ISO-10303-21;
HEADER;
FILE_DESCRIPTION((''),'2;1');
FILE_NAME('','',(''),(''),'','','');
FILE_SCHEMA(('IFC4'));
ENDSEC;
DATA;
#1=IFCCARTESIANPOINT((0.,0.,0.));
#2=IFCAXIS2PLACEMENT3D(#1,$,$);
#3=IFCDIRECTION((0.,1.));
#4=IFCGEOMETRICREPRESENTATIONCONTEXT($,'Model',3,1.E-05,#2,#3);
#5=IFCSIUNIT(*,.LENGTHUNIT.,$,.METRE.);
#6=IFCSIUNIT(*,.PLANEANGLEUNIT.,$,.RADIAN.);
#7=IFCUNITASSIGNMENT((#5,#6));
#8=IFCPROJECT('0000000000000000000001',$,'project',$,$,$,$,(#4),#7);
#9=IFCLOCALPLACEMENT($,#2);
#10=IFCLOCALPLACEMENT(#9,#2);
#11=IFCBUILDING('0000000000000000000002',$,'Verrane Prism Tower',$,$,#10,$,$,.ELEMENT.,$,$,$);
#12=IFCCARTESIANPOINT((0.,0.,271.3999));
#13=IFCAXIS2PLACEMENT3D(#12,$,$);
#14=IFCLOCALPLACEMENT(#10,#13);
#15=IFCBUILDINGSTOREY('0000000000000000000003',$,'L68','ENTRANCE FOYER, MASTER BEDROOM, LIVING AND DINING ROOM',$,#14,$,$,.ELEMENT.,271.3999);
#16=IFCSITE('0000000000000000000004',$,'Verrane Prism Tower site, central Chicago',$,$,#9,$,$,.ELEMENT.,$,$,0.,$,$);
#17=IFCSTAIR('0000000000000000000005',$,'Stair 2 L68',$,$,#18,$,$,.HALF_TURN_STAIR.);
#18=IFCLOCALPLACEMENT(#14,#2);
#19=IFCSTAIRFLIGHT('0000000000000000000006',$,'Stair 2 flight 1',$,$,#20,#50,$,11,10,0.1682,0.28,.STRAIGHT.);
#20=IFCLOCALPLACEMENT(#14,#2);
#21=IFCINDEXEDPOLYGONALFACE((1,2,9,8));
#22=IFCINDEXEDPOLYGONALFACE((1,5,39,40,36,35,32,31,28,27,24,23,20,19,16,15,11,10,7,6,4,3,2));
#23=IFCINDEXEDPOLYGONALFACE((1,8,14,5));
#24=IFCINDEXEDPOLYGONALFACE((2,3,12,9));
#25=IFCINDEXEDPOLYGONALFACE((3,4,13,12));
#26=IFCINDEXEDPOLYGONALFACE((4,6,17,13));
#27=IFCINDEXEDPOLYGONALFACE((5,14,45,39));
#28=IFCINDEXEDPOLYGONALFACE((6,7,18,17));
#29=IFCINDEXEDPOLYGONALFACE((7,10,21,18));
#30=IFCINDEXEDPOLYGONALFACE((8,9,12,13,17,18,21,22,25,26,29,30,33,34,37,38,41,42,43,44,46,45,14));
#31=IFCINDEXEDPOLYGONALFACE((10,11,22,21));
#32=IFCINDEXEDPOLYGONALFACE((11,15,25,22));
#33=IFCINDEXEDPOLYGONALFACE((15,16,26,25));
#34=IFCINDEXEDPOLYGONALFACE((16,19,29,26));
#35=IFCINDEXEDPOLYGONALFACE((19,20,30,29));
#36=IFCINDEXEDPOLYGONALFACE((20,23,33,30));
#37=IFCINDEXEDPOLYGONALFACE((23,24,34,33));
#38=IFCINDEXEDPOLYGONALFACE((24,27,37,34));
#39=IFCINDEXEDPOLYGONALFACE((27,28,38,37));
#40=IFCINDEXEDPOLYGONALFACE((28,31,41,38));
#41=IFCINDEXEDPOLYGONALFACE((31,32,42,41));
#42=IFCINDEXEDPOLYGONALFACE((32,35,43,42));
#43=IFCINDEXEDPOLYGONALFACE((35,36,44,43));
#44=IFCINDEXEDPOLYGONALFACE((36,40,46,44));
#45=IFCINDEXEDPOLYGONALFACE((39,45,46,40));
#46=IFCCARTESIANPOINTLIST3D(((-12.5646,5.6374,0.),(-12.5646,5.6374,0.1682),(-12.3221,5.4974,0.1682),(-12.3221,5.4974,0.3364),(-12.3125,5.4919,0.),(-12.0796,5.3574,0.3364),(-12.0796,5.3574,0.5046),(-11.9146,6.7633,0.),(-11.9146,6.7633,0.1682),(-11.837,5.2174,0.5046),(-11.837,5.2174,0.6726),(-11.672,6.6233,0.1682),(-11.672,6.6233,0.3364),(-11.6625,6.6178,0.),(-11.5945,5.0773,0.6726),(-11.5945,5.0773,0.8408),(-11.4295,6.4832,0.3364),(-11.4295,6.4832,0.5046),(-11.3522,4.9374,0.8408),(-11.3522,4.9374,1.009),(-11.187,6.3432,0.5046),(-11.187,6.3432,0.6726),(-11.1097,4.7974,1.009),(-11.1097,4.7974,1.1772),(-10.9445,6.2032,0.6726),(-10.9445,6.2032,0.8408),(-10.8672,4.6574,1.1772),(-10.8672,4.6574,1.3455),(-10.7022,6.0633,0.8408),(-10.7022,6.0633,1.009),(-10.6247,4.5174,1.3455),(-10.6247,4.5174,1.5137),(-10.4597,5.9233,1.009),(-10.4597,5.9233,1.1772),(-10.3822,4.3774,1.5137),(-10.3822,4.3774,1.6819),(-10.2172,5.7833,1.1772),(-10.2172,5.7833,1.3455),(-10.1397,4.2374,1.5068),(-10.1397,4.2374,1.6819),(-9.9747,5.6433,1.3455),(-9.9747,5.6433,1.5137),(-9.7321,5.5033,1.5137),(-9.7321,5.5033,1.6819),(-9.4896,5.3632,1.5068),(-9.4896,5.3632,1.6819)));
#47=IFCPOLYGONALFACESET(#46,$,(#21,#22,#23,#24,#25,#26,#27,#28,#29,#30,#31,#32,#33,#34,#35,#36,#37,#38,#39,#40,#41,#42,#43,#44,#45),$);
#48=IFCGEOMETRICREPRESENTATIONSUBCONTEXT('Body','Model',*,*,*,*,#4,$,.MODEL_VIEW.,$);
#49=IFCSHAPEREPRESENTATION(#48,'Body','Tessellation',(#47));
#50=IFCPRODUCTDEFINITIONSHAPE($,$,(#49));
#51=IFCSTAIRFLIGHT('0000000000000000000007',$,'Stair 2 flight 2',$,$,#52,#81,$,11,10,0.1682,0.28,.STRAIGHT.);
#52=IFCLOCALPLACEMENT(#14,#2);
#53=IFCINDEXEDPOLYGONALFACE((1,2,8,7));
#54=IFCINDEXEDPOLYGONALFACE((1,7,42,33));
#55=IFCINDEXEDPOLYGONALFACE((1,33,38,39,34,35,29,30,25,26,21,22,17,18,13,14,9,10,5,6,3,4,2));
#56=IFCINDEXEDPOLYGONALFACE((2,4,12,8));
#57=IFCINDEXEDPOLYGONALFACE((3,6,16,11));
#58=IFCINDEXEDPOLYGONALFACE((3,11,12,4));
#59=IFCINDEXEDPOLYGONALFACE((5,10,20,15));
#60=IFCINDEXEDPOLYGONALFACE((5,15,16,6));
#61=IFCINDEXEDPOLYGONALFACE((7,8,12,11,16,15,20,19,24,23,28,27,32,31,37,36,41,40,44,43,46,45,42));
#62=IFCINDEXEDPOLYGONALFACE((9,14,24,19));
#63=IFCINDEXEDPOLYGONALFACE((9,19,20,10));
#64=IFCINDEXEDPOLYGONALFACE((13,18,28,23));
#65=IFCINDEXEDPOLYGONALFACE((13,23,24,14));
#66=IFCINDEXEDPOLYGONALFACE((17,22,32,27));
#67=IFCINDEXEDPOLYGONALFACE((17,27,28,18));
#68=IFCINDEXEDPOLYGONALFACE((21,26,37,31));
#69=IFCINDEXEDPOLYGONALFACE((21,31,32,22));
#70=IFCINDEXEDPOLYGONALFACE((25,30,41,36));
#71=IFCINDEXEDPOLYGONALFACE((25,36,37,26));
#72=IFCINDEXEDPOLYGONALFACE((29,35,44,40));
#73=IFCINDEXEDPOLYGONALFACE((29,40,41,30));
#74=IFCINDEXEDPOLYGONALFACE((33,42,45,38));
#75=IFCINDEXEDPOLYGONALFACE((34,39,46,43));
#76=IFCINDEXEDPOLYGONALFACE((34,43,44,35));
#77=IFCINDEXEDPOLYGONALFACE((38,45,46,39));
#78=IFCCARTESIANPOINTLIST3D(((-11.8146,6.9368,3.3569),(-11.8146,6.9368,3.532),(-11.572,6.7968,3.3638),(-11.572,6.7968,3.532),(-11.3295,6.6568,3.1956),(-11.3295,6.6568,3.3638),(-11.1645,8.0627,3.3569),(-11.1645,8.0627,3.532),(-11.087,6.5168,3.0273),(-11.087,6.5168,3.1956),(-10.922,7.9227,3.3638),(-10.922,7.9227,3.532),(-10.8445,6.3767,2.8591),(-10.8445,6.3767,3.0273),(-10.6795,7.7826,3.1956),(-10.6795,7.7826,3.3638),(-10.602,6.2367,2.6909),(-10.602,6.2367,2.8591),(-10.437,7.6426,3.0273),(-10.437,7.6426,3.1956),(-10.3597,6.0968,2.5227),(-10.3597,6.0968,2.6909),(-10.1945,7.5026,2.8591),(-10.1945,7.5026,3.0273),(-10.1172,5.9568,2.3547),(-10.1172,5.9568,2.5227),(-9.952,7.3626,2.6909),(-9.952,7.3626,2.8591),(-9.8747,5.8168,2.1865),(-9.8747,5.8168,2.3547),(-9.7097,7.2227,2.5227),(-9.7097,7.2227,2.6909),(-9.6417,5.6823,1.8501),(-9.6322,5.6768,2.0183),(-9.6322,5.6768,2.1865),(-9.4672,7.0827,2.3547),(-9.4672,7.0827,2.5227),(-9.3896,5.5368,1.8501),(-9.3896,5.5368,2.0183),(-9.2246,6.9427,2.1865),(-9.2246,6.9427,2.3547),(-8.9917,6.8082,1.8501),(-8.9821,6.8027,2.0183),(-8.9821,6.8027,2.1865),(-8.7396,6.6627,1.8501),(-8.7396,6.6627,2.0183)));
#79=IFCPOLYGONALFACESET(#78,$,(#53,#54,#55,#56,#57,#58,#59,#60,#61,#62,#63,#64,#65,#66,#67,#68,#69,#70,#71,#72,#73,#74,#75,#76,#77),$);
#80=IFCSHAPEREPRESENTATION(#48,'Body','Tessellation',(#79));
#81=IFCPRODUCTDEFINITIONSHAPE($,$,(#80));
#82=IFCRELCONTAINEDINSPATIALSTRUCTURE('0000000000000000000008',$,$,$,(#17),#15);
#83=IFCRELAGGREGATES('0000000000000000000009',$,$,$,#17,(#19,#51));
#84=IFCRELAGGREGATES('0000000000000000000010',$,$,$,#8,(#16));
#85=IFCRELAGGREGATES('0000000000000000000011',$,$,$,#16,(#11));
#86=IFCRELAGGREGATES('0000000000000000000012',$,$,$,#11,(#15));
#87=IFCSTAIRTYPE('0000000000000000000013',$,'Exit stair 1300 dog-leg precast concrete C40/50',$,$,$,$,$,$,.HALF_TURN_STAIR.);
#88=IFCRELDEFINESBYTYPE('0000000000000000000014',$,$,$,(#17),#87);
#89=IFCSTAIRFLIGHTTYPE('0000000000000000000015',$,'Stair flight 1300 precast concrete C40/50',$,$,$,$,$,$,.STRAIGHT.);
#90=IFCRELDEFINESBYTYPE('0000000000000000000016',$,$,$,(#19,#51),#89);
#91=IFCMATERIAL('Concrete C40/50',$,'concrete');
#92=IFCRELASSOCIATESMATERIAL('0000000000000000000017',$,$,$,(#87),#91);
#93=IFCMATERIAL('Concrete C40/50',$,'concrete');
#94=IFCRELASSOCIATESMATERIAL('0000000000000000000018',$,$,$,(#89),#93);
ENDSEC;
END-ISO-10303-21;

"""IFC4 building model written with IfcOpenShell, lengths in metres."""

from ifc_helpers import new_model, si_unit, direction, frame, origin, place, context, subcontext, project, spatial, polyline, outline, extrude, material, type_object, element, aggregate, save


model = new_model("IFC4")

# Units and contexts
model_context = context("Model", 3, precision=1e-05, world=origin(), true_north=direction((0.0, 1.0)))
body_context = subcontext(model_context, "Body", "Model", "MODEL_VIEW")
ifc_project = project(units=[si_unit("LENGTHUNIT", "METRE"), si_unit("PLANEANGLEUNIT", "RADIAN")], contexts=[model_context])

# Site, building, storey
site_placement = place(None, origin())
site = spatial("IfcSite", under=ifc_project, at=site_placement, Name="Verrane Prism Tower site, central Chicago", CompositionType="ELEMENT", RefElevation=0.0)
building_placement = place(site_placement, origin())
building = spatial("IfcBuilding", under=site, at=building_placement, Name="Verrane Prism Tower", CompositionType="ELEMENT")
storey_placement = place(building_placement, frame((0.0, 0.0, 271.3999)))
storey = spatial("IfcBuildingStorey", under=building, at=storey_placement, Name="L68", Description="ENTRANCE FOYER, MASTER BEDROOM, LIVING AND DINING ROOM", CompositionType="ELEMENT", Elevation=271.3999)

# Stair, stair flights
ifc_material_1 = material(Name="Concrete C40/50", Category="concrete")
stair_type = type_object("IfcStairType", Name="Exit stair 1300 dog-leg precast concrete C40/50", PredefinedType="HALF_TURN_STAIR", material=ifc_material_1)
stair_placement = place(storey_placement, origin())
stair = element("IfcStair", 1, at=stair_placement, inside=storey, type_object=stair_type, Name="Stair 2 L68", PredefinedType="HALF_TURN_STAIR")
ifc_material_2 = material(Name="Concrete C40/50", Category="concrete")
stair_flight_type = type_object("IfcStairFlightType", Name="Stair flight 1300 precast concrete C40/50", PredefinedType="STRAIGHT", material=ifc_material_2)
stair_flight_1_placement = place(storey_placement, frame((-12.2395, 6.2004, 0.0), z_axis=(0.0, 0.0, 1.0), x_axis=(0.866025, -0.5, 0.0)))
stair_flight_1 = element("IfcStairFlight", 2, at=stair_flight_1_placement, type_object=stair_flight_type, Name="Stair 2 flight 1", NumberOfRisers=11, NumberOfTreads=10, PredefinedType="STRAIGHT", RiserHeight=0.1682, TreadLength=0.28, context=body_context, shape_type="SweptSolid", body=[
    extrude(outline(polyline([(0.0, 0.0), (0.0, 0.1682), (0.28, 0.1682), (0.28, 0.3364), (0.5601, 0.3364), (0.5601, 0.5046), (0.8401, 0.5046), (0.8401, 0.6726), (1.1201, 0.6726), (1.1201, 0.8408), (1.3999, 0.8408), (1.3999, 1.009), (1.6799, 1.009), (1.6799, 1.1772), (1.96, 1.1772), (1.96, 1.3455), (2.24, 1.3455), (2.24, 1.5137), (2.52, 1.5137), (2.52, 1.6819), (2.8, 1.6819), (2.8, 1.8501), (2.8, 1.5068), (0.291, 0.0), (0.0, 0.0)])), frame((0.0, 0.6499, 0.0), z_axis=(0.0, -1.0, 0.0), x_axis=(1.0, 0.0, 0.0)), (0.0, 0.0, 1.0), 1.3),
])
stair_flight_2_placement = place(storey_placement, frame((-9.0647, 6.0996, 1.8501), z_axis=(0.0, 0.0, 1.0), x_axis=(-0.866025, 0.5, 0.0)))
stair_flight_2 = element("IfcStairFlight", 3, at=stair_flight_2_placement, type_object=stair_flight_type, Name="Stair 2 flight 2", NumberOfRisers=11, NumberOfTreads=10, PredefinedType="STRAIGHT", RiserHeight=0.1682, TreadLength=0.28, context=body_context, shape_type="SweptSolid", body=[
    extrude(outline(polyline([(0.0, 0.0), (0.0, 0.1682), (0.28, 0.1682), (0.28, 0.3364), (0.5601, 0.3364), (0.5601, 0.5046), (0.8401, 0.5046), (0.8401, 0.6726), (1.1201, 0.6726), (1.1201, 0.8408), (1.3999, 0.8408), (1.3999, 1.009), (1.6799, 1.009), (1.6799, 1.1772), (1.96, 1.1772), (1.96, 1.3455), (2.24, 1.3455), (2.24, 1.5137), (2.52, 1.5137), (2.52, 1.6819), (2.8, 1.6819), (2.8, 1.8501), (2.8, 1.5068), (0.291, 0.0), (0.0, 0.0)])), frame((0.0, 0.6499, 0.0), z_axis=(0.0, -1.0, 0.0), x_axis=(1.0, 0.0, 0.0)), (0.0, 0.0, 1.0), 1.3),
])
aggregate(stair, [stair_flight_1, stair_flight_2])

save(model, "model.ifc")
